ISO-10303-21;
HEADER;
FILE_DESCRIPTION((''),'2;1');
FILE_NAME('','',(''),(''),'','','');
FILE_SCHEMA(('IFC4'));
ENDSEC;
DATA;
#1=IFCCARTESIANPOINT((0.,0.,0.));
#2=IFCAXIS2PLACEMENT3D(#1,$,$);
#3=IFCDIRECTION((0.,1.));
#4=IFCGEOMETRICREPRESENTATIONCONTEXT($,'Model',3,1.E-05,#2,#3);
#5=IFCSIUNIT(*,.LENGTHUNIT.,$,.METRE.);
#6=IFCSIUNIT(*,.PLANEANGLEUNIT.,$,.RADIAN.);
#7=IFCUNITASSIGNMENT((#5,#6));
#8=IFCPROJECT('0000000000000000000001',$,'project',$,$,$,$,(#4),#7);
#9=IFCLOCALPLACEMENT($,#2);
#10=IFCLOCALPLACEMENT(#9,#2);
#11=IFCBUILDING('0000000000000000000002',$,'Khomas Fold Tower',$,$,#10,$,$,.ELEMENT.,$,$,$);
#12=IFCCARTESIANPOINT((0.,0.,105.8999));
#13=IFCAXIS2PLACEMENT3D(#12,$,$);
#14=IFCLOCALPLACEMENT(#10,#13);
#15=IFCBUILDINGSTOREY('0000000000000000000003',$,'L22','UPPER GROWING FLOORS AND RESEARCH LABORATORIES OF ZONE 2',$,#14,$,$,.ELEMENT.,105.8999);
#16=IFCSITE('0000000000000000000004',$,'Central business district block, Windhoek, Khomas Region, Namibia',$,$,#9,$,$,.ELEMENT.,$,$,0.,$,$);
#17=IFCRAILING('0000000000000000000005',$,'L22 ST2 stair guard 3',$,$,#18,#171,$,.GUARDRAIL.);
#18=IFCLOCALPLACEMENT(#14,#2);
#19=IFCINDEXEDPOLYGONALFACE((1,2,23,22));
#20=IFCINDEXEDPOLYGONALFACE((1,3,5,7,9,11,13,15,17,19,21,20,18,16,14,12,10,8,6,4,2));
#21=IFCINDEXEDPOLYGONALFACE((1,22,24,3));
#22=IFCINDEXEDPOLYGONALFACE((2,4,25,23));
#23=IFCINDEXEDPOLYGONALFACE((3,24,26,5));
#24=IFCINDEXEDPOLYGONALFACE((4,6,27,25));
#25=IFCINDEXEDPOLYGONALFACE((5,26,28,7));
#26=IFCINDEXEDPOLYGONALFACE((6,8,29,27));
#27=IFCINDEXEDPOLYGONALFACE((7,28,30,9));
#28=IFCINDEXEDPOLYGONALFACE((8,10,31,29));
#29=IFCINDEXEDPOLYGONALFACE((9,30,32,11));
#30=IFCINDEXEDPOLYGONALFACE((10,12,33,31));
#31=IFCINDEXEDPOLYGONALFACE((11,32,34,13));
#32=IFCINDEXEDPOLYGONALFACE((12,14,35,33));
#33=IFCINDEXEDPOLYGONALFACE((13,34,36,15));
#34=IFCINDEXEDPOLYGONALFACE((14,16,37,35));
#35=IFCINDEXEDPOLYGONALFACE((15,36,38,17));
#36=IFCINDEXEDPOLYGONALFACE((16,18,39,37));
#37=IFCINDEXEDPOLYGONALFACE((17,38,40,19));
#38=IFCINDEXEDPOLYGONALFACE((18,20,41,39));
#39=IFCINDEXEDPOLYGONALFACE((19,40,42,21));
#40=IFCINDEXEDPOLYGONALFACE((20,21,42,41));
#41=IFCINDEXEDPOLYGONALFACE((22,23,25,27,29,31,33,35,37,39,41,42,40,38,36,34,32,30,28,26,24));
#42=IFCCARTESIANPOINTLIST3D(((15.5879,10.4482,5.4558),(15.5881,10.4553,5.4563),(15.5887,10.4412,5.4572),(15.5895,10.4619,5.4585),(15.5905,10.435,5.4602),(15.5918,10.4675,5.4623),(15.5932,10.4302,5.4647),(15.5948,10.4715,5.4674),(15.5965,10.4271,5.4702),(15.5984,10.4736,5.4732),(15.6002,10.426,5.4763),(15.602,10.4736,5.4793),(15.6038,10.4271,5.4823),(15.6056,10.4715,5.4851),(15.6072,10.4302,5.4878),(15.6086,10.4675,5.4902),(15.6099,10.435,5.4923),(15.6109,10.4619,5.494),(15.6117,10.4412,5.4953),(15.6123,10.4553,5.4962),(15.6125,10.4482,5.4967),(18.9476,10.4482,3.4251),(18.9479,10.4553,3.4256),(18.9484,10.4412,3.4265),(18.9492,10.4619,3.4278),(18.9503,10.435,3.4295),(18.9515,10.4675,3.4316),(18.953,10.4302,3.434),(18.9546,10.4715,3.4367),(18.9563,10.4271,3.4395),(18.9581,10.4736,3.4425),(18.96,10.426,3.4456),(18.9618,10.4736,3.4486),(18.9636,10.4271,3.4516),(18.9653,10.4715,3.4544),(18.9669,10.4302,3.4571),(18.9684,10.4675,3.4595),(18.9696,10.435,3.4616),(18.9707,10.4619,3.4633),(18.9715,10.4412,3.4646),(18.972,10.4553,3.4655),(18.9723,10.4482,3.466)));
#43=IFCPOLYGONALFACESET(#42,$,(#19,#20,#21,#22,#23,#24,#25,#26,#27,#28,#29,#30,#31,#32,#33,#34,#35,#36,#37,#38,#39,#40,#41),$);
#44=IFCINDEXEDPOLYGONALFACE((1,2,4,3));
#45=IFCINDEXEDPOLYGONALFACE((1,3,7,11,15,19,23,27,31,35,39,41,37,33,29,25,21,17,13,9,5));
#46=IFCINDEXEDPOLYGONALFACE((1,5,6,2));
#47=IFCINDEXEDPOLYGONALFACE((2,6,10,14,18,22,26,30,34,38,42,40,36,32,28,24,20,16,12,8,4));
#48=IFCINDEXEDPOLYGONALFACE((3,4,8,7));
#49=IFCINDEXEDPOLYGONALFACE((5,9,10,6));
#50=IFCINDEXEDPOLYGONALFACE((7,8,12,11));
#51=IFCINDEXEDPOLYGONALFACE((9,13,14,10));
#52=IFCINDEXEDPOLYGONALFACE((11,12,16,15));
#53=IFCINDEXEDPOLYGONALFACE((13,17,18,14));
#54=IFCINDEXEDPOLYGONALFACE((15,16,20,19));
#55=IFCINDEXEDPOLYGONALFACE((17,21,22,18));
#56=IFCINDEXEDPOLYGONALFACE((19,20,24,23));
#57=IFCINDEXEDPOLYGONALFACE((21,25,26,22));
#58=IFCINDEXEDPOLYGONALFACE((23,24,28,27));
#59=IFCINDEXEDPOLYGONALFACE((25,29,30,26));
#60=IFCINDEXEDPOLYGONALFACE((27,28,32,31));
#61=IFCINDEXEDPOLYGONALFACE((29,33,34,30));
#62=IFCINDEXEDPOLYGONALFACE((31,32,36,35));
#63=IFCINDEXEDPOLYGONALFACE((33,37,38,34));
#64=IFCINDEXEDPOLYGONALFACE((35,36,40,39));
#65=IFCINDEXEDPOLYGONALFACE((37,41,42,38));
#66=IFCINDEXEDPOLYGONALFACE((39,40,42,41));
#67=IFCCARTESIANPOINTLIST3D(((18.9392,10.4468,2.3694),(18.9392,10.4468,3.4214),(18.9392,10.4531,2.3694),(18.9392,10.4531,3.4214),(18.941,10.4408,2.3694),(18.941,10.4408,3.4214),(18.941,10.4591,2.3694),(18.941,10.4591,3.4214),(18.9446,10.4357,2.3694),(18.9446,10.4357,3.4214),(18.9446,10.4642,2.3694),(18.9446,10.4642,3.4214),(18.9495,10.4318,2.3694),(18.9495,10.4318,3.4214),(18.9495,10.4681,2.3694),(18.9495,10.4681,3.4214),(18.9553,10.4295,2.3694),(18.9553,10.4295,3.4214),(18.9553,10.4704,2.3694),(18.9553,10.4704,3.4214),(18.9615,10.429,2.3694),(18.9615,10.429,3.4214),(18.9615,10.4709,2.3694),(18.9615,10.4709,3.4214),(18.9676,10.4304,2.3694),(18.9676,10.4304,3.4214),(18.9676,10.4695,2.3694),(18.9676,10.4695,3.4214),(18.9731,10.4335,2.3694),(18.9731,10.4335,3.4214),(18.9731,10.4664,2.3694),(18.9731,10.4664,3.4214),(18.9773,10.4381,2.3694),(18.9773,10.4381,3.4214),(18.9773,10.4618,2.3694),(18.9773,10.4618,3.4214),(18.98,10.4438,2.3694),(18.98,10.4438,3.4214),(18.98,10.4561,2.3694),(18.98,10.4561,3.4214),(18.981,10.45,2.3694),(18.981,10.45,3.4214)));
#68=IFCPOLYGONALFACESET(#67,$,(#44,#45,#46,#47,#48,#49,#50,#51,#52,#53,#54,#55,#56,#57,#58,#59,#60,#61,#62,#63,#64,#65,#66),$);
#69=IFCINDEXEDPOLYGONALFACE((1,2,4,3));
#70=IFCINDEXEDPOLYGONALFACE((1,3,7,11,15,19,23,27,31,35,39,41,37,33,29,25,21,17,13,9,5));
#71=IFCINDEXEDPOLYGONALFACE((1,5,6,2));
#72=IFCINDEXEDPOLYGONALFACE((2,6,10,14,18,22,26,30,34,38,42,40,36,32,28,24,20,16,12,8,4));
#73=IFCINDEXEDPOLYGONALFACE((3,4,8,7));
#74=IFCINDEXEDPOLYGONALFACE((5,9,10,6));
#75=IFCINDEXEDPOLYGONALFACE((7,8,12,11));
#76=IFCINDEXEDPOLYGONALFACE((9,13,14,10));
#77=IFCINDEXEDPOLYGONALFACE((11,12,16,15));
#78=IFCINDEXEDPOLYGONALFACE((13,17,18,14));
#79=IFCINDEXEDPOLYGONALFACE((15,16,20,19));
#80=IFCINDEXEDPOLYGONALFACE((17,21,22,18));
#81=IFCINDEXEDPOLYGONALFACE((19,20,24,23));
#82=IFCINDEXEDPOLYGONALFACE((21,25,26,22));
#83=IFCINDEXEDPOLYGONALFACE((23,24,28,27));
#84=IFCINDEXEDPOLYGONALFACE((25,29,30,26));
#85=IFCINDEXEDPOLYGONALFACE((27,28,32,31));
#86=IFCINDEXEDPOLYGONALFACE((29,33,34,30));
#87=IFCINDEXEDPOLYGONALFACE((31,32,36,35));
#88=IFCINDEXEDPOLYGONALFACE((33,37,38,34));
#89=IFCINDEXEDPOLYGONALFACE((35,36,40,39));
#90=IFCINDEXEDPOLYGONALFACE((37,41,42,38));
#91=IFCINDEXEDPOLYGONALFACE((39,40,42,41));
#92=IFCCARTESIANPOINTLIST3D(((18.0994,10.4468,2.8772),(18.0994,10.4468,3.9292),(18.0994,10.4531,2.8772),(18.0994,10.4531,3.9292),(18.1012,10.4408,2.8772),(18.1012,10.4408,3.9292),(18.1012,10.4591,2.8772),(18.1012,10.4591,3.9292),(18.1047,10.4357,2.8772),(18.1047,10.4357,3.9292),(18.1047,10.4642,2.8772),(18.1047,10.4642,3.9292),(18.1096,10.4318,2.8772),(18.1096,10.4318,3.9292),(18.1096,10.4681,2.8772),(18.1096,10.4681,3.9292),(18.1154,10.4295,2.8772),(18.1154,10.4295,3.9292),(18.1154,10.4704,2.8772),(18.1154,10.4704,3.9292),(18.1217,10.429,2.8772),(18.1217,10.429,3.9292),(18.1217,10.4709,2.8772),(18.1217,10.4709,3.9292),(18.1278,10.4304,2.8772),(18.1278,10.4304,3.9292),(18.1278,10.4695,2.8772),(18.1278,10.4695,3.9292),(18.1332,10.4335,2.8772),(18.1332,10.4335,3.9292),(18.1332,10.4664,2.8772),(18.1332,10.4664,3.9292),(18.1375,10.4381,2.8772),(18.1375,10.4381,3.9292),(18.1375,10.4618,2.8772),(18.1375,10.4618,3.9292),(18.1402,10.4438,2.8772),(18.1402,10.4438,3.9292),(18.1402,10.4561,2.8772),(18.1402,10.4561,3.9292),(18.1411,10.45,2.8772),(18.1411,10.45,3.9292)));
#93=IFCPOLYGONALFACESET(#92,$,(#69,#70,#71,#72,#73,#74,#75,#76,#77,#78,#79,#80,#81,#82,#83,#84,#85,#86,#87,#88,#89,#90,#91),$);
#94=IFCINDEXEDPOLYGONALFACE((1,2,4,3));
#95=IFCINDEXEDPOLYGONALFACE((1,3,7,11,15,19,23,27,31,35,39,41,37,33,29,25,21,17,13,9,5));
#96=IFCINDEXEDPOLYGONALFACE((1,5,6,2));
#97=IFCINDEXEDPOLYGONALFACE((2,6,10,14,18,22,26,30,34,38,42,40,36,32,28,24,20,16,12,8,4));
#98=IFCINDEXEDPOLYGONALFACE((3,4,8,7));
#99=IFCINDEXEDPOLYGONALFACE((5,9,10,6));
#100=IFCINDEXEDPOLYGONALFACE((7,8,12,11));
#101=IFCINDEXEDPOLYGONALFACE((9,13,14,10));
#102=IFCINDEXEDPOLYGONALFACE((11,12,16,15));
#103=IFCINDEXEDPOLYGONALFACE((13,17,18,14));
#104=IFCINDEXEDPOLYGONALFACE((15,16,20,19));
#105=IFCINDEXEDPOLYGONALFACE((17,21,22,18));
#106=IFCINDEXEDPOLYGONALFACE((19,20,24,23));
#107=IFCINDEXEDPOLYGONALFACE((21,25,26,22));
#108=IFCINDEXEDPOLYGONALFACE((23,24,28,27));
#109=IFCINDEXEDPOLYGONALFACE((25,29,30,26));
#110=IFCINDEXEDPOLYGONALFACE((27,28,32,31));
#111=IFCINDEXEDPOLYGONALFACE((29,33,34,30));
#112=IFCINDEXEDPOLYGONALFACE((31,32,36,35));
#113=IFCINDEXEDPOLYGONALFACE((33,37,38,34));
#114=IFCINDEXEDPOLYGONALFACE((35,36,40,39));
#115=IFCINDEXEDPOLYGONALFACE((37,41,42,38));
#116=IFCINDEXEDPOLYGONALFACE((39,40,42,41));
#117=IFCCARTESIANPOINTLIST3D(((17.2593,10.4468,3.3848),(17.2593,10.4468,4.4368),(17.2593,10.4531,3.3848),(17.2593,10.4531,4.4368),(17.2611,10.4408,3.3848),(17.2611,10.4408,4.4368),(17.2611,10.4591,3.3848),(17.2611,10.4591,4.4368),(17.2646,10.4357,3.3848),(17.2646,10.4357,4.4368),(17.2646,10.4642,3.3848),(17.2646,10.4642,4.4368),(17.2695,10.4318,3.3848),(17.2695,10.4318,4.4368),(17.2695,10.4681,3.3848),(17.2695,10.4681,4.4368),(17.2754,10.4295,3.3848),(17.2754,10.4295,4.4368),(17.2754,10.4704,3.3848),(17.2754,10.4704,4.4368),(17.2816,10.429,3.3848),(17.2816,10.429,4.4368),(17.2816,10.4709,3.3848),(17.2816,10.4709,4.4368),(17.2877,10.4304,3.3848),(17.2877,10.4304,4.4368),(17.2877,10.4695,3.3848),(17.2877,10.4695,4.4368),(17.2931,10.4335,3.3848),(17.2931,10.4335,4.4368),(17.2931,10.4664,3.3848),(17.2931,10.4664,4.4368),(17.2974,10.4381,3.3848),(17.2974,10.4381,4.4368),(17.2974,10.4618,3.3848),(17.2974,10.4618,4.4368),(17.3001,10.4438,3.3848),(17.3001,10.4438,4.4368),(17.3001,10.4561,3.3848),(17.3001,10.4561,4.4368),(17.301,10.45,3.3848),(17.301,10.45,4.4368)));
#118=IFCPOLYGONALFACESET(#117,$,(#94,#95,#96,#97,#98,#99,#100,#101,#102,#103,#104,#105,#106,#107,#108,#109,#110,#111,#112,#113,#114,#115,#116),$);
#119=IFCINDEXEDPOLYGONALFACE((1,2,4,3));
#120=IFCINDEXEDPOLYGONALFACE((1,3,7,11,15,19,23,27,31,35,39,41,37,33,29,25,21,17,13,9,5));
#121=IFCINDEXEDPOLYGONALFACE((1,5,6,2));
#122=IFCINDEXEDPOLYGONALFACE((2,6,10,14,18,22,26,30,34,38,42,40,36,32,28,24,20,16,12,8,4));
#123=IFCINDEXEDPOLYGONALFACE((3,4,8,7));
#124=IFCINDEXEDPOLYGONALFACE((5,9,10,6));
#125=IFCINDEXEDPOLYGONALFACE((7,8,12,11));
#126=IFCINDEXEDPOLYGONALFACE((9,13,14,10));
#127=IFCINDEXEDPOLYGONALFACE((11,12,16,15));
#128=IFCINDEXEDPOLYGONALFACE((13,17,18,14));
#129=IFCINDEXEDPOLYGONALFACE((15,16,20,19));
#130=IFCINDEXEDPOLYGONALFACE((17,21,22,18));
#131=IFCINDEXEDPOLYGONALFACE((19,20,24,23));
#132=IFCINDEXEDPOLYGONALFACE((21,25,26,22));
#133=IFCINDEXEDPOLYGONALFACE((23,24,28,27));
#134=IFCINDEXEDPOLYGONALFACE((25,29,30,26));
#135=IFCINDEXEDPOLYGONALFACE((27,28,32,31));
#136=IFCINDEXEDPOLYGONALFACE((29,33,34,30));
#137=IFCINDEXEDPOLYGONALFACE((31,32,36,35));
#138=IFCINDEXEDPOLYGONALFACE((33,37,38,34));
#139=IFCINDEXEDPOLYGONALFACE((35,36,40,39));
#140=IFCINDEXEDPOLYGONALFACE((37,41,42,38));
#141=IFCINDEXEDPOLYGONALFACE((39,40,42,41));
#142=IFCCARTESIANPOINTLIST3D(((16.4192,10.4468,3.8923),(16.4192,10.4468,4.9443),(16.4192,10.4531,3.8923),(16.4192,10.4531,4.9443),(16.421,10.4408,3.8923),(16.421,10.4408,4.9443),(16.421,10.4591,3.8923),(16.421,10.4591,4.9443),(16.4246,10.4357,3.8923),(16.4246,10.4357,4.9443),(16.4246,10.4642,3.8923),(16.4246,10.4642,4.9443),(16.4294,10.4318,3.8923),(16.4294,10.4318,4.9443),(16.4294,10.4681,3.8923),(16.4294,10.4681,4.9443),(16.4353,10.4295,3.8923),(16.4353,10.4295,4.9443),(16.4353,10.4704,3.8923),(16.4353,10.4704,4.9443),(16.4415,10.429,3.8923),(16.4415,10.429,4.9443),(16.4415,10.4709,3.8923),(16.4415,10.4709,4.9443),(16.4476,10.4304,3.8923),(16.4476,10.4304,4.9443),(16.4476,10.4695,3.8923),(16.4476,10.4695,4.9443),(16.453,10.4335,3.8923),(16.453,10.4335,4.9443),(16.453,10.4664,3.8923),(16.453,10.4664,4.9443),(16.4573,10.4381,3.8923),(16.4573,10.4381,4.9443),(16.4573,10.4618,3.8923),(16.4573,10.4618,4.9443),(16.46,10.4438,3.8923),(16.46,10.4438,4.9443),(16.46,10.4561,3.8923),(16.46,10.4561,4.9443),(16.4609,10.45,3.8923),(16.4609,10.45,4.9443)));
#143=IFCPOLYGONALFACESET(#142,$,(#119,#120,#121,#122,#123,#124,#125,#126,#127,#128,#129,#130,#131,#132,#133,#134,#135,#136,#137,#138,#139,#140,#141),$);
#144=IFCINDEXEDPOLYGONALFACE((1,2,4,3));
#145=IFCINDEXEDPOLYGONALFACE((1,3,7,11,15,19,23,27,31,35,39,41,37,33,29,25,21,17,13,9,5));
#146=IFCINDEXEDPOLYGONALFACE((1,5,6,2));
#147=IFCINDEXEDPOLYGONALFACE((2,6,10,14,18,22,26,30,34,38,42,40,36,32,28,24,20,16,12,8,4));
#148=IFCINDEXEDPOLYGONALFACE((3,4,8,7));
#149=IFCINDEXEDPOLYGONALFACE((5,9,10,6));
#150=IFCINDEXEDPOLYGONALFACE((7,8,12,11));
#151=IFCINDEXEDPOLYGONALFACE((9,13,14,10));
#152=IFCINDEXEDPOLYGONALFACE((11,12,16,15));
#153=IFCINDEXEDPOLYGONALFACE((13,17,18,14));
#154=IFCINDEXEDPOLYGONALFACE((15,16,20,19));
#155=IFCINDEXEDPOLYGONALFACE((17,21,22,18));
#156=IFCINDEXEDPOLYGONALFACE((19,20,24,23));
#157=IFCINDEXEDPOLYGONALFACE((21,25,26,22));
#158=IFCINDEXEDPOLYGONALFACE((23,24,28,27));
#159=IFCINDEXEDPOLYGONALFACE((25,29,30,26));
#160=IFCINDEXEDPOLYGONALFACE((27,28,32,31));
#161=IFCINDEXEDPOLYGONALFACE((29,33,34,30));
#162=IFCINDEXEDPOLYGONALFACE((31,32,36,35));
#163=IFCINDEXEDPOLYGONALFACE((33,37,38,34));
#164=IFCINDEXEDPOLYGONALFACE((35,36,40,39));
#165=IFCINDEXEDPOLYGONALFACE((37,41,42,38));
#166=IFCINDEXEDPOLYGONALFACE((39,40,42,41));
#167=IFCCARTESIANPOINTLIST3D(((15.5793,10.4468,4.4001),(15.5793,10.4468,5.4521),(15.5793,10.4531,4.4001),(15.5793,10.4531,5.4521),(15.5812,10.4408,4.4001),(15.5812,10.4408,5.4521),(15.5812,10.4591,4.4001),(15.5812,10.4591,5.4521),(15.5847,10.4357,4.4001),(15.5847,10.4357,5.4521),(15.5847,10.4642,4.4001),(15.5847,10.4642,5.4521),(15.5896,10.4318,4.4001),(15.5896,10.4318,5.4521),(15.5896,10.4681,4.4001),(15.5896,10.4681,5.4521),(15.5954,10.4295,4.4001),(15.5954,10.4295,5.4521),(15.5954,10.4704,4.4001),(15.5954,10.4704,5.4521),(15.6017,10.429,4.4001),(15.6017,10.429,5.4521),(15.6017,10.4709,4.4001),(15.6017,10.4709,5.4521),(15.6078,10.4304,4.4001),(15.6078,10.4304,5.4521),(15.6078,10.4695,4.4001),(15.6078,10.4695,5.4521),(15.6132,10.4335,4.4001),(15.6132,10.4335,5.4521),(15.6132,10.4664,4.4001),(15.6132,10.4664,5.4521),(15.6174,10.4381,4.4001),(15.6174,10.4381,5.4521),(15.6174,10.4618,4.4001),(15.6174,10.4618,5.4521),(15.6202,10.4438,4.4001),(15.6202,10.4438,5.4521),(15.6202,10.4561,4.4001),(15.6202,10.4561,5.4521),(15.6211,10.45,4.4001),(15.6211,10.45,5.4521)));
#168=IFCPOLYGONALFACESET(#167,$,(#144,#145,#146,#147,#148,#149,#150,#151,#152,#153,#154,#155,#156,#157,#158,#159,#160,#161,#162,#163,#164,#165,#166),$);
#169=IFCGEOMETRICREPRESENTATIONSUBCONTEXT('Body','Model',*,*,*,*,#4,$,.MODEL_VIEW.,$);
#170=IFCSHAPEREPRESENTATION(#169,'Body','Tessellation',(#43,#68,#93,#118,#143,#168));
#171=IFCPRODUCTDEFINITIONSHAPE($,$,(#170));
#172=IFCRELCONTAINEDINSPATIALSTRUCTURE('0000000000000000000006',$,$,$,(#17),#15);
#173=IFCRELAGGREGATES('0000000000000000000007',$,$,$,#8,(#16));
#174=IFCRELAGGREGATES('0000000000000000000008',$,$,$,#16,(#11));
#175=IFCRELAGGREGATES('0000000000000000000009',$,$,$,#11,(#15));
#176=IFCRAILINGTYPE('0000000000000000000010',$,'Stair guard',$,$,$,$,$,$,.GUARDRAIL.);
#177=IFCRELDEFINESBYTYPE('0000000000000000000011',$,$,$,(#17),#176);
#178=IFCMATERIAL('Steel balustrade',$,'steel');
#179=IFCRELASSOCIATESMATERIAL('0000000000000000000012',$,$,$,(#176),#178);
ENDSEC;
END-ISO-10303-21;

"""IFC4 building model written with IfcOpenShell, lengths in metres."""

from ifc_helpers import new_model, si_unit, direction, frame, origin, origin_2d, place, context, subcontext, project, spatial, circle, extrude, source, transform, mapped, material, type_object, element, save


model = new_model("IFC4")

# Units and contexts
model_context = context("Model", 3, precision=1e-05, world=origin(), true_north=direction((0.0, 1.0)))
body_context = subcontext(model_context, "Body", "Model", "MODEL_VIEW")
ifc_project = project(units=[si_unit("LENGTHUNIT", "METRE"), si_unit("PLANEANGLEUNIT", "RADIAN")], contexts=[model_context])

# Site, building, storey
site_placement = place(None, origin())
site = spatial("IfcSite", under=ifc_project, at=site_placement, Name="Central business district block, Windhoek, Khomas Region, Namibia", CompositionType="ELEMENT", RefElevation=0.0)
building_placement = place(site_placement, origin())
building = spatial("IfcBuilding", under=site, at=building_placement, Name="Khomas Fold Tower", CompositionType="ELEMENT")
storey_placement = place(building_placement, frame((0.0, 0.0, 105.8999)))
storey = spatial("IfcBuildingStorey", under=building, at=storey_placement, Name="L22", Description="UPPER GROWING FLOORS AND RESEARCH LABORATORIES OF ZONE 2", CompositionType="ELEMENT", Elevation=105.8999)

# Railing
ifc_material_1 = material(Name="Steel balustrade", Category="steel")
railing_type_1 = type_object("IfcRailingType", Name="Stair guard", PredefinedType="GUARDRAIL", material=ifc_material_1)
shared_shape_1 = source(origin(), body_context, "Body", "SweptSolid", [
    extrude(circle(Radius=0.0239, at=origin_2d()), frame((0.0, 0.0, 1.0762), z_axis=(-0.85582, 0.0, 0.517273), x_axis=(0.0, -1.0, 0.0)), (0.0, 0.0, 1.0), 3.9258),
    extrude(circle(Radius=0.021, at=origin_2d()), origin(), (0.0, 0.0, 1.0), 1.052),
    extrude(circle(Radius=0.021, at=origin_2d()), frame((-0.8398, 0.0, 0.5078)), (0.0, 0.0, 1.0), 1.052),
    extrude(circle(Radius=0.021, at=origin_2d()), frame((-1.6799, 0.0, 1.0154)), (0.0, 0.0, 1.0), 1.052),
    extrude(circle(Radius=0.021, at=origin_2d()), frame((-2.52, 0.0, 1.5229)), (0.0, 0.0, 1.0), 1.052),
    extrude(circle(Radius=0.021, at=origin_2d()), frame((-3.3599, 0.0, 2.0308)), (0.0, 0.0, 1.0), 1.052),
])
railing_1_placement = place(storey_placement, frame((18.96, 10.45, 2.3694)))
element("IfcRailing", 1, at=railing_1_placement, inside=storey, type_object=railing_type_1, Name="L22 ST2 stair guard 3", PredefinedType="GUARDRAIL", context=body_context, shape_type="MappedRepresentation", body=[
    mapped(shared_shape_1, transform((0.0, 0.0, 0.0))),
])

save(model, "model.ifc")
